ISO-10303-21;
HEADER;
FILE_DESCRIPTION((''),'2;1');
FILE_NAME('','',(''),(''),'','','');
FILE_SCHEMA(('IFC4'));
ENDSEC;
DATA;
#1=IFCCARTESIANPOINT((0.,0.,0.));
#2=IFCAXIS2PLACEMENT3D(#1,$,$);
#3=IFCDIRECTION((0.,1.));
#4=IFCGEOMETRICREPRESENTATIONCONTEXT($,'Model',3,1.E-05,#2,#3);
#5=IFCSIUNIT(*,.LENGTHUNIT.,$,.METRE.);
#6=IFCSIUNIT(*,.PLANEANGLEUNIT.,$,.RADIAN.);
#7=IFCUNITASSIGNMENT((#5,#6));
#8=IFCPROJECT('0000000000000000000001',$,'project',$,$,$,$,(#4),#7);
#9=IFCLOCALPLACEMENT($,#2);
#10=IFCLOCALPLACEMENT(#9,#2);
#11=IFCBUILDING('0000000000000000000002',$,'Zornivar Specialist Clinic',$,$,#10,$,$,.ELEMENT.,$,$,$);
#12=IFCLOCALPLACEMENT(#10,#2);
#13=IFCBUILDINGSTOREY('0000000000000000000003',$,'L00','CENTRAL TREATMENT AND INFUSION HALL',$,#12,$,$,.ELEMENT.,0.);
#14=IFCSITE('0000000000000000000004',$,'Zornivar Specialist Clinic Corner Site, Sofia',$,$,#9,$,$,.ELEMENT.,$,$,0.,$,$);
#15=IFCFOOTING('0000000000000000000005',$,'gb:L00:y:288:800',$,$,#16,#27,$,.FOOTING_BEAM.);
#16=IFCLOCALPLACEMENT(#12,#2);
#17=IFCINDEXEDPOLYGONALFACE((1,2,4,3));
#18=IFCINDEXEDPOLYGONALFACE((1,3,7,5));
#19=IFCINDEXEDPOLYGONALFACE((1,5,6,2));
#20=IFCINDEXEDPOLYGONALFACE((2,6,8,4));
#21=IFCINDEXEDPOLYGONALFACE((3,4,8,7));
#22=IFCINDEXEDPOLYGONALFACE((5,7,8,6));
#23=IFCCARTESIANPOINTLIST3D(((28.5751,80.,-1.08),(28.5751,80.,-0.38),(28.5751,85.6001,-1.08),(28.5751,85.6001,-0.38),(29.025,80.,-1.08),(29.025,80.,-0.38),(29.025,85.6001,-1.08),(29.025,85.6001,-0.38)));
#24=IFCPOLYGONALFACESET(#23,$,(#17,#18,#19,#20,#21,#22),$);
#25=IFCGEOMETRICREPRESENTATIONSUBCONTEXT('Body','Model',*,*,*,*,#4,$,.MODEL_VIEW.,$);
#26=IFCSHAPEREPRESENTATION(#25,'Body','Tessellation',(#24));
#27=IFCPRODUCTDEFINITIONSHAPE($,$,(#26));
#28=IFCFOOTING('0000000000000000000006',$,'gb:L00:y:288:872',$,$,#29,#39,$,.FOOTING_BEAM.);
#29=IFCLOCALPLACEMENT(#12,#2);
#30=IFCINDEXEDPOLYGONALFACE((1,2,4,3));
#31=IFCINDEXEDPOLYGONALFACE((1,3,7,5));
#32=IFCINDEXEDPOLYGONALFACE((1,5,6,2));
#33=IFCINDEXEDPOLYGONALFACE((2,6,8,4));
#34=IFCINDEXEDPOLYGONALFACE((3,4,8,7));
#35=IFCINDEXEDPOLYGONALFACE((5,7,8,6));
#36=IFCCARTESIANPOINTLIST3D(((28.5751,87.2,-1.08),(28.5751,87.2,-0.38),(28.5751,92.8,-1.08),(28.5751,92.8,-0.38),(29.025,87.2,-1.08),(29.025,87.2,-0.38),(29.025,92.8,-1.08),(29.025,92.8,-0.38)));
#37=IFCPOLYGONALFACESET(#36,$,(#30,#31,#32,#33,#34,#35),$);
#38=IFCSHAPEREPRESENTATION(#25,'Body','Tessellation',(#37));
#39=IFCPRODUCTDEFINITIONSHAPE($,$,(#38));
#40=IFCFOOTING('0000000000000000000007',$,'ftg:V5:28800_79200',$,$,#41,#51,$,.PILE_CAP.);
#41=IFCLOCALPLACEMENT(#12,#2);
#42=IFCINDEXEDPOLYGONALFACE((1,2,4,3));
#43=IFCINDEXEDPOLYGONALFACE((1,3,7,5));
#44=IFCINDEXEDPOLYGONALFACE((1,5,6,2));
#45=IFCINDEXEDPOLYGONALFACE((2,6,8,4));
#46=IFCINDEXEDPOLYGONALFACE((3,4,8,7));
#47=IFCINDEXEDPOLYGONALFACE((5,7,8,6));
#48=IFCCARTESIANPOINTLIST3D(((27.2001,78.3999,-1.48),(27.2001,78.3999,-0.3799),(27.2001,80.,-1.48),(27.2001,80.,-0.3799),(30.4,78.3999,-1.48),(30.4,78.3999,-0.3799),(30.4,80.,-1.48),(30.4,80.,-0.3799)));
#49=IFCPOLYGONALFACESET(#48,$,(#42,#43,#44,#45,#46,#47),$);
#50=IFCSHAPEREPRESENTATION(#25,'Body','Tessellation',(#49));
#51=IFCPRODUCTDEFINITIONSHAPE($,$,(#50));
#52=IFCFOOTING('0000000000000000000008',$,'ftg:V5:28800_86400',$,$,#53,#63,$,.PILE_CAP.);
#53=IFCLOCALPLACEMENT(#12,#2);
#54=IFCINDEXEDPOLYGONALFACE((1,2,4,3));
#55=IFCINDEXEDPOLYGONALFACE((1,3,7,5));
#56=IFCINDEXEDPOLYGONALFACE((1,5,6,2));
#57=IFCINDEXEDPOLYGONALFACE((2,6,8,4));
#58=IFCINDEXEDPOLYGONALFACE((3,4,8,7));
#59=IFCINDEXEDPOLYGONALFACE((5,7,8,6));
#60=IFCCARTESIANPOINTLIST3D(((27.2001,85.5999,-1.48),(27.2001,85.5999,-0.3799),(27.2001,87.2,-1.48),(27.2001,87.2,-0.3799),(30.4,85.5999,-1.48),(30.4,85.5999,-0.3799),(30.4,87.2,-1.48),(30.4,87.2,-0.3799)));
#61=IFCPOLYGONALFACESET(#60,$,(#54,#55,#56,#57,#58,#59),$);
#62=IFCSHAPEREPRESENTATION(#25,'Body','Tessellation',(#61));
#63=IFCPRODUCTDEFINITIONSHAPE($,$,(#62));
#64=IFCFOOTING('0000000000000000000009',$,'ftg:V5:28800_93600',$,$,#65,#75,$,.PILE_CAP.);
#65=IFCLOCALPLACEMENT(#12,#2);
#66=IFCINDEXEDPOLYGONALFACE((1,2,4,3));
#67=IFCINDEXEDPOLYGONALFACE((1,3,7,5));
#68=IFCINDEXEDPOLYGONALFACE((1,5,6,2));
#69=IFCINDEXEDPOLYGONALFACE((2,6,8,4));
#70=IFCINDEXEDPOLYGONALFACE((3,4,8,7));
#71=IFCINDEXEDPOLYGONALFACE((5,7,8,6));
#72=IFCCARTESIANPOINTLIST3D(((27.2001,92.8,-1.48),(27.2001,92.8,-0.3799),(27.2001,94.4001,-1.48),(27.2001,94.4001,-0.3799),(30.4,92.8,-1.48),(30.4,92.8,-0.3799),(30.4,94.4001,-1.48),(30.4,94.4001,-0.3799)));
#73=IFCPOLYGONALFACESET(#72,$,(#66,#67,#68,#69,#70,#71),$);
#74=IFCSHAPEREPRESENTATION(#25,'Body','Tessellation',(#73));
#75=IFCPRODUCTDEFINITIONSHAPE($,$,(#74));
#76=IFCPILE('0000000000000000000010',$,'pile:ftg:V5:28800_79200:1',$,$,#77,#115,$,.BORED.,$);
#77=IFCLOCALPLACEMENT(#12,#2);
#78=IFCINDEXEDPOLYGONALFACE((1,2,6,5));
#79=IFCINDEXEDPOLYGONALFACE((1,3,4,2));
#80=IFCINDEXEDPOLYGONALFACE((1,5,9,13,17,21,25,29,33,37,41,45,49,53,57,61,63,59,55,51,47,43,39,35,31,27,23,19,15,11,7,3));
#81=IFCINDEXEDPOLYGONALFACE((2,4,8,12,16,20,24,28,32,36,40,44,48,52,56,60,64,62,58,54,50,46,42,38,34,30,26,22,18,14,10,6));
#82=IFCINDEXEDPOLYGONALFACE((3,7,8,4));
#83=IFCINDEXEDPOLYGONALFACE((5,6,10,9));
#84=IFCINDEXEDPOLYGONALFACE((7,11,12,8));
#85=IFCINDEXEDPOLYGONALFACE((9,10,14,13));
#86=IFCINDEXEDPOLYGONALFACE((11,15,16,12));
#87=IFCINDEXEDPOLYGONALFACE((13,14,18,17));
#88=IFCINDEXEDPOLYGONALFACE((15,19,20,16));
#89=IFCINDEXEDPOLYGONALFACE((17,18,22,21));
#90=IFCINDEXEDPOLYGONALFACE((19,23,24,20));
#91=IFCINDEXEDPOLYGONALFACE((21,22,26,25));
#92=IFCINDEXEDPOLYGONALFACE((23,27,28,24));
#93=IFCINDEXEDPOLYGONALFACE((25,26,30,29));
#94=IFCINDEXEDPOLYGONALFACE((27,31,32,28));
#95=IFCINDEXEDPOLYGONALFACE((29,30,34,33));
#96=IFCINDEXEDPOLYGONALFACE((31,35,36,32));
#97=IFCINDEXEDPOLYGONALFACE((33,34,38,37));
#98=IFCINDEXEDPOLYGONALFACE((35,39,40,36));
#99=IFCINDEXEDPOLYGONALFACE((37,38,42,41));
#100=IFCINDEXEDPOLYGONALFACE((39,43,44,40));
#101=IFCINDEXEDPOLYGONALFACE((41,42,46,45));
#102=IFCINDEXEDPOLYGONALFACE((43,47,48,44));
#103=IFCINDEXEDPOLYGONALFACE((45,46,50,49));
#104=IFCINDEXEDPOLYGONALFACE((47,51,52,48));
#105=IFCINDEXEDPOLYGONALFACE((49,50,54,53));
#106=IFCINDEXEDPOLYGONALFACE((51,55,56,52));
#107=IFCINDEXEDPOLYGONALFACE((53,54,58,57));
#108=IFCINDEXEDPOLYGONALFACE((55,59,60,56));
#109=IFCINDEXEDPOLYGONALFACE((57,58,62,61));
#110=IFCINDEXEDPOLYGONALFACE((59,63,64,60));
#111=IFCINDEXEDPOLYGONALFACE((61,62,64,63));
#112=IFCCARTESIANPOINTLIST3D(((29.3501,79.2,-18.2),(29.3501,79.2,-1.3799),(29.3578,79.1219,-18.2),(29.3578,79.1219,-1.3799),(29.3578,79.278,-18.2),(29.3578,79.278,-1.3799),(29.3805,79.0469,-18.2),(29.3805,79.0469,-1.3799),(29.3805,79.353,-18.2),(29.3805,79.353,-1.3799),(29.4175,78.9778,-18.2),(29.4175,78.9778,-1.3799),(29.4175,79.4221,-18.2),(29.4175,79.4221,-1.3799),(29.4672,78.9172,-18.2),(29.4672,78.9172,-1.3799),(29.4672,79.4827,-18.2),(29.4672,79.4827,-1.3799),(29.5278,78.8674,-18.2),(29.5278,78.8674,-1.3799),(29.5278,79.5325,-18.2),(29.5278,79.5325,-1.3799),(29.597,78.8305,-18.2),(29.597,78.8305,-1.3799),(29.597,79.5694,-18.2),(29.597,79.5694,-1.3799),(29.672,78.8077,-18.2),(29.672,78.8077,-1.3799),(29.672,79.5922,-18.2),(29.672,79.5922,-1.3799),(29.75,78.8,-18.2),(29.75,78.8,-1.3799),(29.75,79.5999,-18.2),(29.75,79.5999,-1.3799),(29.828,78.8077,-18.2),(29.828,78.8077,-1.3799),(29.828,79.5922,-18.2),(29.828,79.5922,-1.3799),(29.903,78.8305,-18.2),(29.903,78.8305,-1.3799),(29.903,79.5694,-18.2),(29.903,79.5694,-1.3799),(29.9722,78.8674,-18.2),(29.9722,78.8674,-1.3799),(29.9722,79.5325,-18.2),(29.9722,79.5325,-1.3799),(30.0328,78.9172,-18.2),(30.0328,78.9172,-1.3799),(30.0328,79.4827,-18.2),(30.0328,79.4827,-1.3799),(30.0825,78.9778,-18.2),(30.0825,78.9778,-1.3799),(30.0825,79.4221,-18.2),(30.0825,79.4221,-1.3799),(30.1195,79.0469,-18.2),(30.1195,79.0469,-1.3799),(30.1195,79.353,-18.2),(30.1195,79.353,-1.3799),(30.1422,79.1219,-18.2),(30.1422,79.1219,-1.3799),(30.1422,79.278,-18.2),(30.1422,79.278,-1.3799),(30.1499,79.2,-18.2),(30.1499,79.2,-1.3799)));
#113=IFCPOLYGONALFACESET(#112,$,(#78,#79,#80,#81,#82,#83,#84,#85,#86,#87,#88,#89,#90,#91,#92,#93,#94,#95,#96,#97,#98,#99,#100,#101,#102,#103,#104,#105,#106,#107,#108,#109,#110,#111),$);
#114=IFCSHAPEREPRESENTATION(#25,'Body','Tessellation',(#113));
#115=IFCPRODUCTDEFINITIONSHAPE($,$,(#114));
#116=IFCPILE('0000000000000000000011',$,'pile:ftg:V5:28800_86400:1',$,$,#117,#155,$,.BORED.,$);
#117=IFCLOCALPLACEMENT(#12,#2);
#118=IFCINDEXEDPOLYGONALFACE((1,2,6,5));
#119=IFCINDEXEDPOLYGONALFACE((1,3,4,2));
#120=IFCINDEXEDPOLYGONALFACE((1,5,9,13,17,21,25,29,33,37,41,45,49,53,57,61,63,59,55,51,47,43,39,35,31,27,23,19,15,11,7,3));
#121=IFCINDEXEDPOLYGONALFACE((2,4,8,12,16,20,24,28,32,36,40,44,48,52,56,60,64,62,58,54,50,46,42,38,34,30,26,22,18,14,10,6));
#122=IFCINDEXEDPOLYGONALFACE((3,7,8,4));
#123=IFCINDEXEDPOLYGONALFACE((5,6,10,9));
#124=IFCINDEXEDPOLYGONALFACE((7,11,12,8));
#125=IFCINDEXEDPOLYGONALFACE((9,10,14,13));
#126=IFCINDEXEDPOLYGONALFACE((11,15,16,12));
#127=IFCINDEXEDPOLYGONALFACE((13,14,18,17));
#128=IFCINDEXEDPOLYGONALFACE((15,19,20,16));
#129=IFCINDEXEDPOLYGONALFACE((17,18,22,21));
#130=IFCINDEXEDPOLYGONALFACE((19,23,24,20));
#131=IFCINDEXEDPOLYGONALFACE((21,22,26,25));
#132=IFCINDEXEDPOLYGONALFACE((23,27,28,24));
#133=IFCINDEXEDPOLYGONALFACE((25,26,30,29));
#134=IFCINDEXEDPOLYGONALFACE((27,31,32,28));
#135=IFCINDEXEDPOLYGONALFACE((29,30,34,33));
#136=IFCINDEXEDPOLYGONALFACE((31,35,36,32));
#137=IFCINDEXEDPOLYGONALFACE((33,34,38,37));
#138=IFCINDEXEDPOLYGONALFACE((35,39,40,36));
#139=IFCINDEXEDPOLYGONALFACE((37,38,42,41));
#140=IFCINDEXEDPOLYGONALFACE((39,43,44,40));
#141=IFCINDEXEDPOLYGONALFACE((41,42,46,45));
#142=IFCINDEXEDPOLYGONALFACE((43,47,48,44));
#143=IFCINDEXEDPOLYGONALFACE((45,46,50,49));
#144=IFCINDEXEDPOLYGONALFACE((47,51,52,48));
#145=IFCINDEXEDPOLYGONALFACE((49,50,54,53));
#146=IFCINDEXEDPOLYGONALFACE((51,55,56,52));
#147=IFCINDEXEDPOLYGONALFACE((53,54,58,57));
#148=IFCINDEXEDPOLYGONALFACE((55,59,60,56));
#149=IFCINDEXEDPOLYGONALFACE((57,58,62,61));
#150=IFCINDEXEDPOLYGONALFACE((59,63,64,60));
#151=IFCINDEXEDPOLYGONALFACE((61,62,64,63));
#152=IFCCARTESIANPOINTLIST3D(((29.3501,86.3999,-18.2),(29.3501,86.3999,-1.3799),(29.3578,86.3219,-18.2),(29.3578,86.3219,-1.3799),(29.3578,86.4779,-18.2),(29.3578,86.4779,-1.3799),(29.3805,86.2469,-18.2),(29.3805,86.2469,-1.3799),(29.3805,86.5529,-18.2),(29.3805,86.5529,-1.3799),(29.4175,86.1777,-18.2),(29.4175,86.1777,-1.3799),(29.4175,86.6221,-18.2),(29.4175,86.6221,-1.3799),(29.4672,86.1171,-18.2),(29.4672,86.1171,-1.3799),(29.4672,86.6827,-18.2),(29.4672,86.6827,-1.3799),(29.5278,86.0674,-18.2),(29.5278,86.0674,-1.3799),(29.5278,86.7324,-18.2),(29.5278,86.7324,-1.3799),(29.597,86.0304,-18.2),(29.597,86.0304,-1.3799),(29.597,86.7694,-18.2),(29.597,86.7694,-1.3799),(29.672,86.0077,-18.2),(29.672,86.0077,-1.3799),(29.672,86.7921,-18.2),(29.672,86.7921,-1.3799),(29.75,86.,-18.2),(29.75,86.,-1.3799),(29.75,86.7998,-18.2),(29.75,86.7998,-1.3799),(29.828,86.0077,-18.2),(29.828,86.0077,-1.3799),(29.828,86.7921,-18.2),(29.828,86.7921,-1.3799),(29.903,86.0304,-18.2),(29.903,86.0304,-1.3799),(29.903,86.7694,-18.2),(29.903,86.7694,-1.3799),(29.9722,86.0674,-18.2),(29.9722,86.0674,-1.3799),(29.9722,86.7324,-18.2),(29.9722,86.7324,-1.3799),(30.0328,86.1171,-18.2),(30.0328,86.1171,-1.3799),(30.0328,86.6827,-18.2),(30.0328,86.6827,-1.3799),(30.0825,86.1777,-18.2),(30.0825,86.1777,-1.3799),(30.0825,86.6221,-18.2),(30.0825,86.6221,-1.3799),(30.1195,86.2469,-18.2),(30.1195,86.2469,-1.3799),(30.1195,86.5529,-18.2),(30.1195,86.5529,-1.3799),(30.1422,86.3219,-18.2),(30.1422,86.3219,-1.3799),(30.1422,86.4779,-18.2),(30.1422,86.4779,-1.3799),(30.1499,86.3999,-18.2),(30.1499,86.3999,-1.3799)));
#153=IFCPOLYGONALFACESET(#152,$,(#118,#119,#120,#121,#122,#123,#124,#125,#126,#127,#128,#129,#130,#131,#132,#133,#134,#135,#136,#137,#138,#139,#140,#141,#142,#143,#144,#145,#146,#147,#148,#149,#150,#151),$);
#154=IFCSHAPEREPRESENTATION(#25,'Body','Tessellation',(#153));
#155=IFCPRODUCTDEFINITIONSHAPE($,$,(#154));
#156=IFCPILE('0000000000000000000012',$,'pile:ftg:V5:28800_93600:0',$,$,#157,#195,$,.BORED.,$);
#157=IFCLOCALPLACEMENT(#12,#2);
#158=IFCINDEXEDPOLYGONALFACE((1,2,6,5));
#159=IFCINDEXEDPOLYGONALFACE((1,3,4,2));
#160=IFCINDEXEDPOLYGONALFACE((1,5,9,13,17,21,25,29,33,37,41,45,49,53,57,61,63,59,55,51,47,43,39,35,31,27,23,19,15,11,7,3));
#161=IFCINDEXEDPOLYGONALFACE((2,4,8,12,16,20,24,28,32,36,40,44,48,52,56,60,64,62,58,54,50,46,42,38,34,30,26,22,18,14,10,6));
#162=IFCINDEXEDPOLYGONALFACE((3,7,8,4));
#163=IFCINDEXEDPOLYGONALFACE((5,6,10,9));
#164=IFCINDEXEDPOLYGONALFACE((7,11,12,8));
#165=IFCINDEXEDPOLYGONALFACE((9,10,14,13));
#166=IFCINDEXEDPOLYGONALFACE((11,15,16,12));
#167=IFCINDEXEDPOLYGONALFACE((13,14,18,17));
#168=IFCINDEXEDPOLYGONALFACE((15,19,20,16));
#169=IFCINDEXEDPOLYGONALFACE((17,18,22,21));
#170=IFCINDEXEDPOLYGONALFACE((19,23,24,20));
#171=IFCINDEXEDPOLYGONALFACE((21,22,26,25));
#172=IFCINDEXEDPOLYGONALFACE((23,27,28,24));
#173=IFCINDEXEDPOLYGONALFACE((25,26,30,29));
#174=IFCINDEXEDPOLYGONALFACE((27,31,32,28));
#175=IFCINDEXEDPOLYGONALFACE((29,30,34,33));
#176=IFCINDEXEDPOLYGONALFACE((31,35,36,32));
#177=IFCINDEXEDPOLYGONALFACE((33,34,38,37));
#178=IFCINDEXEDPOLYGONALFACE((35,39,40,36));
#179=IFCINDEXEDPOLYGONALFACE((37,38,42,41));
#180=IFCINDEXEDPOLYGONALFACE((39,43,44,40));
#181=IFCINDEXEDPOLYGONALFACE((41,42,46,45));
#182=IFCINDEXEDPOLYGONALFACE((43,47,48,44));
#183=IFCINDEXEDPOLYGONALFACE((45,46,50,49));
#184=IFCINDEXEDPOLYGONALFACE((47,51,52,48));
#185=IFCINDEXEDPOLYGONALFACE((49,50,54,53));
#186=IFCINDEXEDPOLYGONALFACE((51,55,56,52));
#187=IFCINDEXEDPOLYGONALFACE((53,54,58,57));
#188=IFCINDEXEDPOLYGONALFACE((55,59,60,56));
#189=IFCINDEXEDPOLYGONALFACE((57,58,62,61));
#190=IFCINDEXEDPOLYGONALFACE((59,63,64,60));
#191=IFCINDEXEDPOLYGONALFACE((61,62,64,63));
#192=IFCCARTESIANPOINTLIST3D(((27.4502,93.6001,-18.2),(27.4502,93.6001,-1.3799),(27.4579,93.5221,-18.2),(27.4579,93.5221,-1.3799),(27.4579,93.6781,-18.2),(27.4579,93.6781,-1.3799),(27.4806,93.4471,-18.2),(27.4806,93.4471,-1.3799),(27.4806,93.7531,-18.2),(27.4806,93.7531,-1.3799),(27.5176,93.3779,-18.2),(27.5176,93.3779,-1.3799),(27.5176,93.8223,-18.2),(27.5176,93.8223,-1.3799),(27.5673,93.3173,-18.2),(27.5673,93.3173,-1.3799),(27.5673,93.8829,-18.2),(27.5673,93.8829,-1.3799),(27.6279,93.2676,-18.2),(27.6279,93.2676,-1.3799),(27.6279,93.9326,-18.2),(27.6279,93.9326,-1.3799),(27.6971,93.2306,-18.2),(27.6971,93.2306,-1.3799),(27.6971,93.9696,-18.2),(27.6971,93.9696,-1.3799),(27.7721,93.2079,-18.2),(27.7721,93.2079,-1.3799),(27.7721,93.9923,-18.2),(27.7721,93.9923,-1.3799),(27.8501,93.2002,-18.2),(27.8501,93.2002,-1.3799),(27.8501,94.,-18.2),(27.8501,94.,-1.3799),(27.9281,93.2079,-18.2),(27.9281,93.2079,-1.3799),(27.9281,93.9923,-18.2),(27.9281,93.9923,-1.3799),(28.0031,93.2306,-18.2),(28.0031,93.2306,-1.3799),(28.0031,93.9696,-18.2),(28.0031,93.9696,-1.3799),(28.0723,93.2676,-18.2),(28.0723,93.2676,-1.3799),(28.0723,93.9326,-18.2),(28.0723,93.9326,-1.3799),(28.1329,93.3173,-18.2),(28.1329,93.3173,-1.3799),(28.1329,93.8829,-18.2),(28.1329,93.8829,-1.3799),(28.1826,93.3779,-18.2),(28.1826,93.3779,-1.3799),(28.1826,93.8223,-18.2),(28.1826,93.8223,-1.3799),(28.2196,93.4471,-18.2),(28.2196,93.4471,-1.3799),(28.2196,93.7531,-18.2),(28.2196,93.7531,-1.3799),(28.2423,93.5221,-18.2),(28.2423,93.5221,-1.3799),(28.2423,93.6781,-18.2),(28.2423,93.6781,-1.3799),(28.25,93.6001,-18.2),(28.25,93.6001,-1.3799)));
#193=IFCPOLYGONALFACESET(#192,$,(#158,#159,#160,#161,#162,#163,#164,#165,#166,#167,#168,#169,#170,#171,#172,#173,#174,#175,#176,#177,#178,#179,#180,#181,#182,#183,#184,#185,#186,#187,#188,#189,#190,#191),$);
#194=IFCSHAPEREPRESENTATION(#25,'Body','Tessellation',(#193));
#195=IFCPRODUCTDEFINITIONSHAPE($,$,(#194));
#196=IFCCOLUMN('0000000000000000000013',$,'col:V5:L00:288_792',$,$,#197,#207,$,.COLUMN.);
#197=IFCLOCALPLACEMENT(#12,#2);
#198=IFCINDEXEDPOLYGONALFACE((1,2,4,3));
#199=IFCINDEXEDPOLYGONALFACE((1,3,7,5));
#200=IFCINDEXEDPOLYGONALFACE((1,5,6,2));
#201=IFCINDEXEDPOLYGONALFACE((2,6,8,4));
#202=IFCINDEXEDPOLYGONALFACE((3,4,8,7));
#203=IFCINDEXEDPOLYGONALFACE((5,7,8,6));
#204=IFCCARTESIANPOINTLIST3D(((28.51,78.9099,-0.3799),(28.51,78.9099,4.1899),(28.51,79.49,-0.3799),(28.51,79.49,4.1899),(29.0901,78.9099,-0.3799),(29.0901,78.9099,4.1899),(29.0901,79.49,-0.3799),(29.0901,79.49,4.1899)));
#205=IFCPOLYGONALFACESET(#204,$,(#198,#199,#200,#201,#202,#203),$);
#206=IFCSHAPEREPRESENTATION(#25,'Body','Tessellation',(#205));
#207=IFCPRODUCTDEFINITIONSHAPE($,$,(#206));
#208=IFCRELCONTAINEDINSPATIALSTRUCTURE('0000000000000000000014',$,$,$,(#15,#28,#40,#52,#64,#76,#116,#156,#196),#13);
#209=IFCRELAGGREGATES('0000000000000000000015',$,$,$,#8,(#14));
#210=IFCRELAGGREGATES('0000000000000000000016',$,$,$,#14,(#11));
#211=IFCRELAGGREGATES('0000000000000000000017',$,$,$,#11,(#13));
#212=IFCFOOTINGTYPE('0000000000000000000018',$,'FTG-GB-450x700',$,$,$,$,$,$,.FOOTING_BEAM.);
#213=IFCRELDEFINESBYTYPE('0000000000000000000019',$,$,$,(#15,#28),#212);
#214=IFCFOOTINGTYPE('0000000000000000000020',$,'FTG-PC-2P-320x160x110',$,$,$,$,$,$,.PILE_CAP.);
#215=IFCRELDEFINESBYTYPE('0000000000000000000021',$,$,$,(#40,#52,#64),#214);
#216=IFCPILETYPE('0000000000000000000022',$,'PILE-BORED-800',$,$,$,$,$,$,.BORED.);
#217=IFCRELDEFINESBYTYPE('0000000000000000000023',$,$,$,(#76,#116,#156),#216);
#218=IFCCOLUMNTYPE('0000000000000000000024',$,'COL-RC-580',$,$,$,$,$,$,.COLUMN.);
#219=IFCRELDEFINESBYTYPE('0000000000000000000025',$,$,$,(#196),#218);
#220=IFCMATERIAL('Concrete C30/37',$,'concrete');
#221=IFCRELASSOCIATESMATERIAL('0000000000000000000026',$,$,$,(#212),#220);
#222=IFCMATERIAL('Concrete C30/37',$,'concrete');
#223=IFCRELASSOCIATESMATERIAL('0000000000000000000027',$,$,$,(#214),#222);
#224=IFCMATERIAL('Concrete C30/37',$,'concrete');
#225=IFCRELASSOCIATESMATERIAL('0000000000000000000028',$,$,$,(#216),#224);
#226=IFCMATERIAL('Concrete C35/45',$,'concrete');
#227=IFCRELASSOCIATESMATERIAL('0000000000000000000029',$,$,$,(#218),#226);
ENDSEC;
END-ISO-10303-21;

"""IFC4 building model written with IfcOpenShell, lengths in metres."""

from ifc_helpers import new_model, si_unit, direction, frame, origin, origin_2d, place, context, subcontext, project, spatial, rectangle, circle, extrude, material, material_profile, profile_set, type_object, element, save


model = new_model("IFC4")

# Units and contexts
model_context = context("Model", 3, precision=1e-05, world=origin(), true_north=direction((0.0, 1.0)))
body_context = subcontext(model_context, "Body", "Model", "MODEL_VIEW")
ifc_project = project(units=[si_unit("LENGTHUNIT", "METRE"), si_unit("PLANEANGLEUNIT", "RADIAN")], contexts=[model_context])

# Site, building, storey
site_placement = place(None, origin())
site = spatial("IfcSite", under=ifc_project, at=site_placement, Name="Zornivar Specialist Clinic Corner Site, Sofia", CompositionType="ELEMENT", RefElevation=0.0)
building_placement = place(site_placement, origin())
building = spatial("IfcBuilding", under=site, at=building_placement, Name="Zornivar Specialist Clinic", CompositionType="ELEMENT")
storey_placement = place(building_placement, origin())
storey = spatial("IfcBuildingStorey", under=building, at=storey_placement, Name="L00", Description="CENTRAL TREATMENT AND INFUSION HALL", CompositionType="ELEMENT", Elevation=0.0)

# Footings
ifc_material_1 = material(Name="Concrete C30/37", Category="concrete")
ifc_material_profile_1 = material_profile(ifc_material_1, rectangle(XDim=0.45, YDim=0.7, at=origin_2d()), Name="RC 450x700")
ifc_profile_set_1 = profile_set([ifc_material_profile_1], Name="Concrete C30/37")
footing_type_1 = type_object("IfcFootingType", Name="FTG-GB-450x700", PredefinedType="FOOTING_BEAM", material=ifc_profile_set_1)
for number, where, z_axis, x_axis, name in (
    (1, (28.8, 80.0, -0.73), (0.0, 1.0, 0.0), (-1.0, 0.0, 0.0), "gb:L00:y:288:800"),
    (2, (28.8, 87.2, -0.73), (0.0, 1.0, 0.0), (-1.0, 0.0, 0.0), "gb:L00:y:288:872"),
):
    element("IfcFooting", number, at=place(storey_placement, frame(where, z_axis=z_axis, x_axis=x_axis)), inside=storey, type_object=footing_type_1, Name=name, PredefinedType="FOOTING_BEAM", context=body_context, shape_type="SweptSolid", body=[
        extrude(rectangle(XDim=0.45, YDim=0.7, at=origin_2d()), origin(), (0.0, 0.0, 1.0), 5.6001),
    ])
ifc_material_2 = material(Name="Concrete C30/37", Category="concrete")
footing_type_2 = type_object("IfcFootingType", Name="FTG-PC-2P-320x160x110", PredefinedType="PILE_CAP", material=ifc_material_2)
for number, where, z_axis, x_axis, name in (
    (3, (28.8, 79.2, -1.48), (0.0, 0.0, 1.0), (1.0, 0.0, 0.0), "ftg:V5:28800_79200"),
    (4, (28.8, 86.3999, -1.48), (0.0, 0.0, 1.0), (1.0, 0.0, 0.0), "ftg:V5:28800_86400"),
    (5, (28.8, 93.6001, -1.48), (0.0, 0.0, 1.0), (1.0, 0.0, 0.0), "ftg:V5:28800_93600"),
):
    element("IfcFooting", number, at=place(storey_placement, frame(where, z_axis=z_axis, x_axis=x_axis)), inside=storey, type_object=footing_type_2, Name=name, PredefinedType="PILE_CAP", context=body_context, shape_type="SweptSolid", body=[
        extrude(rectangle(XDim=3.2, YDim=1.6001, at=origin_2d()), origin(), (0.0, 0.0, 1.0), 1.1001),
    ])

# Piles
ifc_material_3 = material(Name="Concrete C30/37", Category="concrete")
ifc_material_profile_2 = material_profile(ifc_material_3, circle(Radius=0.3999, at=origin_2d()), Name="PILE D800")
ifc_profile_set_2 = profile_set([ifc_material_profile_2], Name="Concrete C30/37")
pile_type = type_object("IfcPileType", Name="PILE-BORED-800", PredefinedType="BORED", material=ifc_profile_set_2)
for number, where, z_axis, x_axis, name in (
    (6, (29.75, 79.2, -1.3799), (0.0, 0.0, -1.0), (1.0, 0.0, 0.0), "pile:ftg:V5:28800_79200:1"),
    (7, (29.75, 86.3999, -1.3799), (0.0, 0.0, -1.0), (1.0, 0.0, 0.0), "pile:ftg:V5:28800_86400:1"),
    (8, (27.8501, 93.6001, -1.3799), (0.0, 0.0, -1.0), (1.0, 0.0, 0.0), "pile:ftg:V5:28800_93600:0"),
):
    element("IfcPile", number, at=place(storey_placement, frame(where, z_axis=z_axis, x_axis=x_axis)), inside=storey, type_object=pile_type, Name=name, PredefinedType="BORED", context=body_context, shape_type="SweptSolid", body=[
        extrude(circle(Radius=0.3999, at=origin_2d()), origin(), (0.0, 0.0, 1.0), 16.8201),
    ])

# Column
ifc_material_4 = material(Name="Concrete C35/45", Category="concrete")
ifc_material_profile_3 = material_profile(ifc_material_4, rectangle(XDim=0.5801, YDim=0.5801, at=origin_2d()), Name="RC 580x580")
ifc_profile_set_3 = profile_set([ifc_material_profile_3], Name="Concrete C35/45")
column_type = type_object("IfcColumnType", Name="COL-RC-580", PredefinedType="COLUMN", material=ifc_profile_set_3)
for number, where, z_axis, x_axis, name in (
    (9, (28.8, 79.2, -0.3799), (0.0, 0.0, 1.0), (1.0, 0.0, 0.0), "col:V5:L00:288_792"),
):
    element("IfcColumn", number, at=place(storey_placement, frame(where, z_axis=z_axis, x_axis=x_axis)), inside=storey, type_object=column_type, Name=name, PredefinedType="COLUMN", context=body_context, shape_type="SweptSolid", body=[
        extrude(rectangle(XDim=0.5801, YDim=0.5801, at=origin_2d()), origin(), (0.0, 0.0, 1.0), 4.5698),
    ])

save(model, "model.ifc")
